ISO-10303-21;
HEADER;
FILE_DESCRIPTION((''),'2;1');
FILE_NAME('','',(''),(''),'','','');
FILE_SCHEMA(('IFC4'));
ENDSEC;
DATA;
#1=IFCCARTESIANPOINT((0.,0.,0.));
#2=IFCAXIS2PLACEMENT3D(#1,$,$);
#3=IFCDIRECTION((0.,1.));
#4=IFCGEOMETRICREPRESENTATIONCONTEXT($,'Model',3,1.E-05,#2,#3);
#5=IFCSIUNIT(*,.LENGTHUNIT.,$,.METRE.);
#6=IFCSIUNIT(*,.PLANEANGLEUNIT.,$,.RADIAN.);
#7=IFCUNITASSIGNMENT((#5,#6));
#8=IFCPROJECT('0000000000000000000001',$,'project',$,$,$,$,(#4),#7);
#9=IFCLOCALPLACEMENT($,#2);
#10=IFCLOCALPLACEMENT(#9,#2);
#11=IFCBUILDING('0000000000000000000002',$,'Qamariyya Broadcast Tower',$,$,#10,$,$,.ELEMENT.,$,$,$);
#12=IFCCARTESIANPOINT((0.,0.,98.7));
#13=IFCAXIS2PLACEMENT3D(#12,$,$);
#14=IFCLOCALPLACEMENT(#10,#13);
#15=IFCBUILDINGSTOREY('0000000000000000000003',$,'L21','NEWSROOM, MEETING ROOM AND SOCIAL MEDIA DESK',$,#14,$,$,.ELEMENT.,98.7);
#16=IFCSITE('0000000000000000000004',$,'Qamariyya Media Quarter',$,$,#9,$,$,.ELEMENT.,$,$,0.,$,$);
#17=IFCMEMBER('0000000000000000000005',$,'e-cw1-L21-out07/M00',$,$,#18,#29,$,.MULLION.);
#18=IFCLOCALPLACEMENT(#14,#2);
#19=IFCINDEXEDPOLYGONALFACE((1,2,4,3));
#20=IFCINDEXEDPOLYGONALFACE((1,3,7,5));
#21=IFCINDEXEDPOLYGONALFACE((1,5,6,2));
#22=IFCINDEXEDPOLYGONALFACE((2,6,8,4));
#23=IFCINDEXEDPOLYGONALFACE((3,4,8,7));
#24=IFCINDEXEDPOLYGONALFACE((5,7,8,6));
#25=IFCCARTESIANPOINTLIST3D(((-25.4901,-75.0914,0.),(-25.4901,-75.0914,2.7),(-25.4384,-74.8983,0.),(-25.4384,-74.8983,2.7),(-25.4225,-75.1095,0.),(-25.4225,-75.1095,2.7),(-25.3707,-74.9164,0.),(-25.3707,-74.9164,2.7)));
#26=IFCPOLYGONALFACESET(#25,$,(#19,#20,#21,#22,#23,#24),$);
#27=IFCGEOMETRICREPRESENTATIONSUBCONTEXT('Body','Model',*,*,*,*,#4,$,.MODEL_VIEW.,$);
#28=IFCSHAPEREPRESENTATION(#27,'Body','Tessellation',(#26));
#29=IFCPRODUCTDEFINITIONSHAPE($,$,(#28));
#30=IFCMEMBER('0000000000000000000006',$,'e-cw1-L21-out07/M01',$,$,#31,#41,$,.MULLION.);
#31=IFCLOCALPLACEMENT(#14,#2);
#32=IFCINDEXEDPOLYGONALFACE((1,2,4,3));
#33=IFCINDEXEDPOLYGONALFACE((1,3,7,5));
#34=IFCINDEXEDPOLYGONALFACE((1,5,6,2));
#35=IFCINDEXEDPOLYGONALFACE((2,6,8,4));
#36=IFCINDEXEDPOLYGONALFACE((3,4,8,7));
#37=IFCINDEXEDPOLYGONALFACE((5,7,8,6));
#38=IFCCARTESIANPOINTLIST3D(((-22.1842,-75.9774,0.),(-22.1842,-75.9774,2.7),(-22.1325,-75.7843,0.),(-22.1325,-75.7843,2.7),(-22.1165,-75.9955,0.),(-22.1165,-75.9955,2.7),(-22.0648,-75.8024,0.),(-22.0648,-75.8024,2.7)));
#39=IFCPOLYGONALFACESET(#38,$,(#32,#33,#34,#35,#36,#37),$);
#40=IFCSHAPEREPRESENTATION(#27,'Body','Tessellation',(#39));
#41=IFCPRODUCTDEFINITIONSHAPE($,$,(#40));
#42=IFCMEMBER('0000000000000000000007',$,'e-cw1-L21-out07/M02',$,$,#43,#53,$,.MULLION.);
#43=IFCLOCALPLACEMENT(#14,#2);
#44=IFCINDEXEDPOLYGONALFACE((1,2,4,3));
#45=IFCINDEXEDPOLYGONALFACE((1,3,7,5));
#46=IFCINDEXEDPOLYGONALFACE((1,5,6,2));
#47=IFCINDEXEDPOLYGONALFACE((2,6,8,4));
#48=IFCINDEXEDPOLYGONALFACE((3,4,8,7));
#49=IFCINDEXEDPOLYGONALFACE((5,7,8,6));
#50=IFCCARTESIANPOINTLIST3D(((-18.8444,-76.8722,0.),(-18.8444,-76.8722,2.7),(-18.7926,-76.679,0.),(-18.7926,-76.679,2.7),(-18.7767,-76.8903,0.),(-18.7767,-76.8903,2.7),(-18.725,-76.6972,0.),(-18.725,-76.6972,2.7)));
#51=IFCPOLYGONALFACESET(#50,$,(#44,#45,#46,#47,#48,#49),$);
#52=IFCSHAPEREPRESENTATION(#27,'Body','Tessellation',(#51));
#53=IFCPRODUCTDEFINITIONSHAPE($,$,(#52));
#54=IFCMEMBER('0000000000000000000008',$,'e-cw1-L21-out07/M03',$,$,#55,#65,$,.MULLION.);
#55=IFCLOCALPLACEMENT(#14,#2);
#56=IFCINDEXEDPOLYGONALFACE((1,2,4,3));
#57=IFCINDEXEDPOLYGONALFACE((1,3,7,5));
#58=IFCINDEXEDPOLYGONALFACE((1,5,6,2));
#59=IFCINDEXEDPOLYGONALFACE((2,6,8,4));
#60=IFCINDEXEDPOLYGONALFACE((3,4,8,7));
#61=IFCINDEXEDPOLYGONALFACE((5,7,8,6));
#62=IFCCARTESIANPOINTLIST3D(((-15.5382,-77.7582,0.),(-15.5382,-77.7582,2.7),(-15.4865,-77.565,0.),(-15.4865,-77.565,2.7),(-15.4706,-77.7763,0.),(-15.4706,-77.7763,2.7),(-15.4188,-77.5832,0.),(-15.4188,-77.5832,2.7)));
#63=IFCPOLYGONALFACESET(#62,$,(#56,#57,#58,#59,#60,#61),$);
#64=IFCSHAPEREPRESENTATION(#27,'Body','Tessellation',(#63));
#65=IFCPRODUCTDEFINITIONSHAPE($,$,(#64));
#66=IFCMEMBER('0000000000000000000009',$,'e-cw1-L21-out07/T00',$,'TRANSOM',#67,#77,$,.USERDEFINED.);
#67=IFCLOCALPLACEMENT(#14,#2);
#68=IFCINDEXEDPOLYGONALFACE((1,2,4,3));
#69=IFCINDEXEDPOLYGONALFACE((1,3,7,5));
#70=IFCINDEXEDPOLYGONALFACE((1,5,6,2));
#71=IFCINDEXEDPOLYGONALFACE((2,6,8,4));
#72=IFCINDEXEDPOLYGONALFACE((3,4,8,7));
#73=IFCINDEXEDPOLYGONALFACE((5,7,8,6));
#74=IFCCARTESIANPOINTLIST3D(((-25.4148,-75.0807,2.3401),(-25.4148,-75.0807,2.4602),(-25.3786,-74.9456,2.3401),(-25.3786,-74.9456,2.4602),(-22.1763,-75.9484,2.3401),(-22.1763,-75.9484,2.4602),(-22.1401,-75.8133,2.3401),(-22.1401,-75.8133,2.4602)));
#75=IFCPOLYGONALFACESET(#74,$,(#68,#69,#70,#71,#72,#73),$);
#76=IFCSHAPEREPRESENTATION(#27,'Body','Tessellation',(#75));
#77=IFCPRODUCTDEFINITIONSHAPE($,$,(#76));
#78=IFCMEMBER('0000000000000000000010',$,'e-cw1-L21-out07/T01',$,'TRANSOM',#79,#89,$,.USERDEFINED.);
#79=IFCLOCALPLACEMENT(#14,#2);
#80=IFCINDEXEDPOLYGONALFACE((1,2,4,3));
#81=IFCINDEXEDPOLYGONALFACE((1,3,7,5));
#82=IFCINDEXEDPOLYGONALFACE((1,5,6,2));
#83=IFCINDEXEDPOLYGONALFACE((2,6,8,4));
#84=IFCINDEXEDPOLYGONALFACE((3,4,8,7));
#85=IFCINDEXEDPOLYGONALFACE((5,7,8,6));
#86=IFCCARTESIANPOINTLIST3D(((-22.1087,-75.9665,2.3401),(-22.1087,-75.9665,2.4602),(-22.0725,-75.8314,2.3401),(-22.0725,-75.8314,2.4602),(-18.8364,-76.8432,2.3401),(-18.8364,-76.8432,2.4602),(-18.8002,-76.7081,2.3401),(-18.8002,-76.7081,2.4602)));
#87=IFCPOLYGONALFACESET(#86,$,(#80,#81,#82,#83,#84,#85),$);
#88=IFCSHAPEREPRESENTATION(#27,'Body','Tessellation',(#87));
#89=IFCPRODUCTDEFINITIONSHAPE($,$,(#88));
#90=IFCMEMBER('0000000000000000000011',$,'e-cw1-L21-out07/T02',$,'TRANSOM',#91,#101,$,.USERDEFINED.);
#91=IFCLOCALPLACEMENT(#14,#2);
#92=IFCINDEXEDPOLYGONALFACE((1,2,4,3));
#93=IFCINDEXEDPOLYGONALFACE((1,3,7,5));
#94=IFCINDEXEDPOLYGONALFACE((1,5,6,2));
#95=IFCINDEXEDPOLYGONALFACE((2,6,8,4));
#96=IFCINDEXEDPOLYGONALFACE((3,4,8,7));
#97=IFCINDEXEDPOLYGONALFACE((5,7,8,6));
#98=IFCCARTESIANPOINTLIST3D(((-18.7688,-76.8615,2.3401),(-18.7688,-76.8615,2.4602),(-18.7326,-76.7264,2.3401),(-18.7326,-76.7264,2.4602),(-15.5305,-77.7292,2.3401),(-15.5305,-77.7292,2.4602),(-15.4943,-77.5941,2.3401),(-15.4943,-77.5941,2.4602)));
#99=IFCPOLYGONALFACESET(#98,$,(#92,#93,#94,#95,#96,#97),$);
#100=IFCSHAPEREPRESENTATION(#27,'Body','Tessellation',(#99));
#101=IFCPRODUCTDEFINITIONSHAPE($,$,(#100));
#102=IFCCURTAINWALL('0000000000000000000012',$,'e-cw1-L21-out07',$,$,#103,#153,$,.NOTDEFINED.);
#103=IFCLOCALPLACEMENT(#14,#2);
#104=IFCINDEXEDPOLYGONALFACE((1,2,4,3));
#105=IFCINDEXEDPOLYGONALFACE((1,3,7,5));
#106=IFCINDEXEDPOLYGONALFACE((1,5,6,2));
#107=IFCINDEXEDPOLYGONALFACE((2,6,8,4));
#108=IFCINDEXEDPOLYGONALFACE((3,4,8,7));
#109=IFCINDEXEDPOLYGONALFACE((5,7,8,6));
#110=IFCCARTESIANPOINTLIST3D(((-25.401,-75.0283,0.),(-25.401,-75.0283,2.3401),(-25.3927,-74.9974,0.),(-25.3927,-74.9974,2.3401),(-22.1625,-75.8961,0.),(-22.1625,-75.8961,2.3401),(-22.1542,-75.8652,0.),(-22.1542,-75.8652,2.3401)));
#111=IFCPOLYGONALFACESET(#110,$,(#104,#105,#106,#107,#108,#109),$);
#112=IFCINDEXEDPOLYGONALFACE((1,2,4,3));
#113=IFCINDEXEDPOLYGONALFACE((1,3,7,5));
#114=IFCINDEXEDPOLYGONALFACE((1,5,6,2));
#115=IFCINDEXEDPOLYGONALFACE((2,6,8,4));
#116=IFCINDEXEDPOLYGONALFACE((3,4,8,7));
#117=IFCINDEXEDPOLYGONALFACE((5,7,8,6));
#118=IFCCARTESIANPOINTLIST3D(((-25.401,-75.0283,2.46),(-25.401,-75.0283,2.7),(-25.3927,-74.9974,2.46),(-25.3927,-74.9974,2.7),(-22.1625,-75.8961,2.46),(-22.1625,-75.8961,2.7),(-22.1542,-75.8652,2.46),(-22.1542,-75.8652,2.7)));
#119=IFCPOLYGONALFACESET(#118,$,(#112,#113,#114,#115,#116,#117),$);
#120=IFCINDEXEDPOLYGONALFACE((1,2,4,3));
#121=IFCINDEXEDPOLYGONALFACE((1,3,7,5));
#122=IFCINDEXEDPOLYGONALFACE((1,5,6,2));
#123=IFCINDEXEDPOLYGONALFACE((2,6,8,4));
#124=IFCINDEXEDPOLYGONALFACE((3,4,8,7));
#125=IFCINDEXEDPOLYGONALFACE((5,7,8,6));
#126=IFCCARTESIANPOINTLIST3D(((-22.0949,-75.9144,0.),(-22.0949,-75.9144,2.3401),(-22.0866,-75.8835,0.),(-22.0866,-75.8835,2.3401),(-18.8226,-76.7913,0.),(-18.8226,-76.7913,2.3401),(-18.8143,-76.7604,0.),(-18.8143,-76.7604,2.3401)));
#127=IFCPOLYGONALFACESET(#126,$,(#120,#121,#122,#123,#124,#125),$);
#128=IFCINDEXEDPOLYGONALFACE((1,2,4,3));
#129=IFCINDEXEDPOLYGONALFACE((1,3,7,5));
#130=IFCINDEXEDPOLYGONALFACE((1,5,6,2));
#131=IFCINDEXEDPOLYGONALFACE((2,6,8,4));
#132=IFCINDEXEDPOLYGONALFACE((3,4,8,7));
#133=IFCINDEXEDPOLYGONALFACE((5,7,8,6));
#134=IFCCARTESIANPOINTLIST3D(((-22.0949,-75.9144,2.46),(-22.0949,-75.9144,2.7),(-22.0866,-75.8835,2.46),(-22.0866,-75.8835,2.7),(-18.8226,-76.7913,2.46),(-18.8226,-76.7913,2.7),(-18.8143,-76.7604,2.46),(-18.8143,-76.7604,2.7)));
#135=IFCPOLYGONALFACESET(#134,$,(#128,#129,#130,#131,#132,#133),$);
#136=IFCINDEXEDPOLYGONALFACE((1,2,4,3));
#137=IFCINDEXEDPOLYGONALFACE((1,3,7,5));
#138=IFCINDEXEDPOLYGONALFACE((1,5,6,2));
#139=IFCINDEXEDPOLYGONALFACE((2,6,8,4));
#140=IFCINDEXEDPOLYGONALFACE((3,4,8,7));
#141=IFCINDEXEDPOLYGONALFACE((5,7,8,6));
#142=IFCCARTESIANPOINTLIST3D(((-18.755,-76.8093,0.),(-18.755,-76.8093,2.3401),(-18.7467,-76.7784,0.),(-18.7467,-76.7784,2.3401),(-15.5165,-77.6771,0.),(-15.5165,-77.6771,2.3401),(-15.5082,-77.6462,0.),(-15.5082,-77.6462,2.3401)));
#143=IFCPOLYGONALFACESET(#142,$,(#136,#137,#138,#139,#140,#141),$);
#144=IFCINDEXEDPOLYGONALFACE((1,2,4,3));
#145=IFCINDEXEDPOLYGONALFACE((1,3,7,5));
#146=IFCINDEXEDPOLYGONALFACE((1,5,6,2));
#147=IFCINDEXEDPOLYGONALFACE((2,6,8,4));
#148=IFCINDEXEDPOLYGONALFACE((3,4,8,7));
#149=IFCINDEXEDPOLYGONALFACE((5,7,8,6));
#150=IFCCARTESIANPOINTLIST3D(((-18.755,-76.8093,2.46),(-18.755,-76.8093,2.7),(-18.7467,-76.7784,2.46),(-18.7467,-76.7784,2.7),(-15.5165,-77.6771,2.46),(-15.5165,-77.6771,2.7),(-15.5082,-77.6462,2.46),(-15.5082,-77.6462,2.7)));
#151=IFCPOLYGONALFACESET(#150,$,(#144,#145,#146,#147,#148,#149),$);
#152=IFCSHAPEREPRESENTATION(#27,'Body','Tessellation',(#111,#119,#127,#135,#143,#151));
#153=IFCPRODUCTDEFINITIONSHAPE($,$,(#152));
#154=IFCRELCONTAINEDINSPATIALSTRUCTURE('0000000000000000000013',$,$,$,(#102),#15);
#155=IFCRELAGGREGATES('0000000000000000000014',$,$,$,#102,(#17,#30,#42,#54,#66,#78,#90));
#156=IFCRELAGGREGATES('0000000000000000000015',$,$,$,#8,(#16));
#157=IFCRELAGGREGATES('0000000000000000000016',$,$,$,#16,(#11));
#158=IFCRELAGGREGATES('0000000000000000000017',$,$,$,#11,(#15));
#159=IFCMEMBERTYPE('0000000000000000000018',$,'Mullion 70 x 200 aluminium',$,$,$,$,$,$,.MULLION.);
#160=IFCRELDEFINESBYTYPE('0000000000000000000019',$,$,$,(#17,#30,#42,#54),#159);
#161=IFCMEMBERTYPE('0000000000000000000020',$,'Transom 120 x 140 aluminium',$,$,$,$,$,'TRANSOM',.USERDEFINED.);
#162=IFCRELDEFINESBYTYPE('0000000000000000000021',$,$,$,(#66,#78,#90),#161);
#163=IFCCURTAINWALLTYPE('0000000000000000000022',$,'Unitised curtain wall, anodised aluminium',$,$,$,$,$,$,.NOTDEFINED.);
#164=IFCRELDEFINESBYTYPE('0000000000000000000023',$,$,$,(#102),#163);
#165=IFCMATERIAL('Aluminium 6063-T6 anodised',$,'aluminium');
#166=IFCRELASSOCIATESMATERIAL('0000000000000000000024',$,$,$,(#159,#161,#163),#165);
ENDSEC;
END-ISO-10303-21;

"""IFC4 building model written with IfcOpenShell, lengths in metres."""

from ifc_helpers import new_model, si_unit, direction, frame, origin, origin_2d, place, context, subcontext, project, spatial, rectangle, extrude, material, material_profile, profile_set, type_object, element, aggregate, save


model = new_model("IFC4")

# Units and contexts
model_context = context("Model", 3, precision=1e-05, world=origin(), true_north=direction((0.0, 1.0)))
body_context = subcontext(model_context, "Body", "Model", "MODEL_VIEW")
ifc_project = project(units=[si_unit("LENGTHUNIT", "METRE"), si_unit("PLANEANGLEUNIT", "RADIAN")], contexts=[model_context])

# Members
ifc_material = material(Name="Aluminium 6063-T6 anodised", Category="aluminium")
ifc_material_profile_1 = material_profile(ifc_material, rectangle(XDim=0.2, YDim=0.0701, at=origin_2d()))
ifc_profile_set_1 = profile_set([ifc_material_profile_1], Name="Aluminium 6063-T6 anodised")
member_type_1 = type_object("IfcMemberType", Name="Mullion 70 x 200 aluminium", PredefinedType="MULLION", material=ifc_profile_set_1)
site_placement = place(None, origin())
building_placement = place(site_placement, origin())
storey_placement = place(building_placement, frame((0.0, 0.0, 98.7)))
member_1_placement = place(storey_placement, frame((-25.4304, -75.0039, 0.0), z_axis=(0.0, 0.0, 1.0), x_axis=(0.258819, 0.965926, 0.0)))
member_1 = element("IfcMember", 1, at=member_1_placement, type_object=member_type_1, Name="e-cw1-L21-out07/M00", PredefinedType="MULLION", context=body_context, shape_type="SweptSolid", body=[
    extrude(rectangle(XDim=0.2, YDim=0.0701, at=origin_2d()), origin(), (0.0, 0.0, 1.0), 2.7),
])
member_2_placement = place(storey_placement, frame((-22.1245, -75.8899, 0.0), z_axis=(0.0, 0.0, 1.0), x_axis=(0.258819, 0.965926, 0.0)))
member_2 = element("IfcMember", 2, at=member_2_placement, type_object=member_type_1, Name="e-cw1-L21-out07/M01", PredefinedType="MULLION", context=body_context, shape_type="SweptSolid", body=[
    extrude(rectangle(XDim=0.2, YDim=0.0701, at=origin_2d()), origin(), (0.0, 0.0, 1.0), 2.7),
])
member_3_placement = place(storey_placement, frame((-18.7847, -76.7847, 0.0), z_axis=(0.0, 0.0, 1.0), x_axis=(0.258819, 0.965926, 0.0)))
member_3 = element("IfcMember", 3, at=member_3_placement, type_object=member_type_1, Name="e-cw1-L21-out07/M02", PredefinedType="MULLION", context=body_context, shape_type="SweptSolid", body=[
    extrude(rectangle(XDim=0.2, YDim=0.0701, at=origin_2d()), origin(), (0.0, 0.0, 1.0), 2.7),
])
member_4_placement = place(storey_placement, frame((-15.4785, -77.6707, 0.0), z_axis=(0.0, 0.0, 1.0), x_axis=(0.258819, 0.965926, 0.0)))
member_4 = element("IfcMember", 4, at=member_4_placement, type_object=member_type_1, Name="e-cw1-L21-out07/M03", PredefinedType="MULLION", context=body_context, shape_type="SweptSolid", body=[
    extrude(rectangle(XDim=0.2, YDim=0.0701, at=origin_2d()), origin(), (0.0, 0.0, 1.0), 2.7),
])
ifc_material_profile_2 = material_profile(ifc_material, rectangle(XDim=0.1399, YDim=0.1201, at=origin_2d()))
ifc_profile_set_2 = profile_set([ifc_material_profile_2], Name="Aluminium 6063-T6 anodised")
member_type_2 = type_object("IfcMemberType", Name="Transom 120 x 140 aluminium", ElementType="TRANSOM", PredefinedType="USERDEFINED", material=ifc_profile_set_2)
member_5_placement = place(storey_placement, frame((-25.3967, -75.0132, 2.4001), z_axis=(0.965932, -0.258796, 0.0), x_axis=(0.258796, 0.965932, 0.0)))
member_5 = element("IfcMember", 5, at=member_5_placement, type_object=member_type_2, Name="e-cw1-L21-out07/T00", ObjectType="TRANSOM", PredefinedType="USERDEFINED", context=body_context, shape_type="SweptSolid", body=[
    extrude(rectangle(XDim=0.1399, YDim=0.1201, at=origin_2d()), origin(), (0.0, 0.0, 1.0), 3.3528),
])
member_6_placement = place(storey_placement, frame((-22.0906, -75.8989, 2.4001), z_axis=(0.965932, -0.258797, 0.0), x_axis=(0.258797, 0.965932, 0.0)))
member_6 = element("IfcMember", 6, at=member_6_placement, type_object=member_type_2, Name="e-cw1-L21-out07/T01", ObjectType="TRANSOM", PredefinedType="USERDEFINED", context=body_context, shape_type="SweptSolid", body=[
    extrude(rectangle(XDim=0.1399, YDim=0.1201, at=origin_2d()), origin(), (0.0, 0.0, 1.0), 3.3877),
])
member_7_placement = place(storey_placement, frame((-18.7507, -76.7939, 2.4001), z_axis=(0.965927, -0.258814, 0.0), x_axis=(0.258814, 0.965927, 0.0)))
member_7 = element("IfcMember", 7, at=member_7_placement, type_object=member_type_2, Name="e-cw1-L21-out07/T02", ObjectType="TRANSOM", PredefinedType="USERDEFINED", context=body_context, shape_type="SweptSolid", body=[
    extrude(rectangle(XDim=0.1399, YDim=0.1201, at=origin_2d()), origin(), (0.0, 0.0, 1.0), 3.3525),
])

# Site, building, storey
site = spatial("IfcSite", under=ifc_project, at=site_placement, Name="Qamariyya Media Quarter", CompositionType="ELEMENT", RefElevation=0.0)
building = spatial("IfcBuilding", under=site, at=building_placement, Name="Qamariyya Broadcast Tower", CompositionType="ELEMENT")
storey = spatial("IfcBuildingStorey", under=building, at=storey_placement, Name="L21", Description="NEWSROOM, MEETING ROOM AND SOCIAL MEDIA DESK", CompositionType="ELEMENT", Elevation=98.7)

# Curtain wall
curtain_wall_type = type_object("IfcCurtainWallType", Name="Unitised curtain wall, anodised aluminium", PredefinedType="NOTDEFINED", material=ifc_material)
curtain_wall_1_placement = place(storey_placement, origin())
curtain_wall_1 = element("IfcCurtainWall", 8, at=curtain_wall_1_placement, inside=storey, type_object=curtain_wall_type, Name="e-cw1-L21-out07", PredefinedType="NOTDEFINED", context=body_context, shape_type="SweptSolid", body=[
    extrude(rectangle(XDim=3.3528, YDim=0.032, at=origin_2d()), frame((-23.7776, -75.4468, 0.0), x_axis=(0.965924, -0.258827, 0.0)), (0.0, 0.0, 1.0), 2.3401),
    extrude(rectangle(XDim=3.3528, YDim=0.032, at=origin_2d()), frame((-23.7776, -75.4468, 2.46), x_axis=(0.965924, -0.258827, 0.0)), (0.0, 0.0, 1.0), 0.24),
    extrude(rectangle(XDim=3.3877, YDim=0.032, at=origin_2d()), frame((-20.4546, -76.3374, 0.0), x_axis=(0.965924, -0.258827, 0.0)), (0.0, 0.0, 1.0), 2.3401),
    extrude(rectangle(XDim=3.3877, YDim=0.032, at=origin_2d()), frame((-20.4546, -76.3374, 2.46), x_axis=(0.965924, -0.258827, 0.0)), (0.0, 0.0, 1.0), 0.24),
    extrude(rectangle(XDim=3.3528, YDim=0.032, at=origin_2d()), frame((-17.1316, -77.2278, 0.0), x_axis=(0.965924, -0.258827, 0.0)), (0.0, 0.0, 1.0), 2.3401),
    extrude(rectangle(XDim=3.3528, YDim=0.032, at=origin_2d()), frame((-17.1316, -77.2278, 2.46), x_axis=(0.965924, -0.258827, 0.0)), (0.0, 0.0, 1.0), 0.24),
])
aggregate(curtain_wall_1, [member_1, member_2, member_3, member_4, member_5, member_6, member_7])

save(model, "model.ifc")
